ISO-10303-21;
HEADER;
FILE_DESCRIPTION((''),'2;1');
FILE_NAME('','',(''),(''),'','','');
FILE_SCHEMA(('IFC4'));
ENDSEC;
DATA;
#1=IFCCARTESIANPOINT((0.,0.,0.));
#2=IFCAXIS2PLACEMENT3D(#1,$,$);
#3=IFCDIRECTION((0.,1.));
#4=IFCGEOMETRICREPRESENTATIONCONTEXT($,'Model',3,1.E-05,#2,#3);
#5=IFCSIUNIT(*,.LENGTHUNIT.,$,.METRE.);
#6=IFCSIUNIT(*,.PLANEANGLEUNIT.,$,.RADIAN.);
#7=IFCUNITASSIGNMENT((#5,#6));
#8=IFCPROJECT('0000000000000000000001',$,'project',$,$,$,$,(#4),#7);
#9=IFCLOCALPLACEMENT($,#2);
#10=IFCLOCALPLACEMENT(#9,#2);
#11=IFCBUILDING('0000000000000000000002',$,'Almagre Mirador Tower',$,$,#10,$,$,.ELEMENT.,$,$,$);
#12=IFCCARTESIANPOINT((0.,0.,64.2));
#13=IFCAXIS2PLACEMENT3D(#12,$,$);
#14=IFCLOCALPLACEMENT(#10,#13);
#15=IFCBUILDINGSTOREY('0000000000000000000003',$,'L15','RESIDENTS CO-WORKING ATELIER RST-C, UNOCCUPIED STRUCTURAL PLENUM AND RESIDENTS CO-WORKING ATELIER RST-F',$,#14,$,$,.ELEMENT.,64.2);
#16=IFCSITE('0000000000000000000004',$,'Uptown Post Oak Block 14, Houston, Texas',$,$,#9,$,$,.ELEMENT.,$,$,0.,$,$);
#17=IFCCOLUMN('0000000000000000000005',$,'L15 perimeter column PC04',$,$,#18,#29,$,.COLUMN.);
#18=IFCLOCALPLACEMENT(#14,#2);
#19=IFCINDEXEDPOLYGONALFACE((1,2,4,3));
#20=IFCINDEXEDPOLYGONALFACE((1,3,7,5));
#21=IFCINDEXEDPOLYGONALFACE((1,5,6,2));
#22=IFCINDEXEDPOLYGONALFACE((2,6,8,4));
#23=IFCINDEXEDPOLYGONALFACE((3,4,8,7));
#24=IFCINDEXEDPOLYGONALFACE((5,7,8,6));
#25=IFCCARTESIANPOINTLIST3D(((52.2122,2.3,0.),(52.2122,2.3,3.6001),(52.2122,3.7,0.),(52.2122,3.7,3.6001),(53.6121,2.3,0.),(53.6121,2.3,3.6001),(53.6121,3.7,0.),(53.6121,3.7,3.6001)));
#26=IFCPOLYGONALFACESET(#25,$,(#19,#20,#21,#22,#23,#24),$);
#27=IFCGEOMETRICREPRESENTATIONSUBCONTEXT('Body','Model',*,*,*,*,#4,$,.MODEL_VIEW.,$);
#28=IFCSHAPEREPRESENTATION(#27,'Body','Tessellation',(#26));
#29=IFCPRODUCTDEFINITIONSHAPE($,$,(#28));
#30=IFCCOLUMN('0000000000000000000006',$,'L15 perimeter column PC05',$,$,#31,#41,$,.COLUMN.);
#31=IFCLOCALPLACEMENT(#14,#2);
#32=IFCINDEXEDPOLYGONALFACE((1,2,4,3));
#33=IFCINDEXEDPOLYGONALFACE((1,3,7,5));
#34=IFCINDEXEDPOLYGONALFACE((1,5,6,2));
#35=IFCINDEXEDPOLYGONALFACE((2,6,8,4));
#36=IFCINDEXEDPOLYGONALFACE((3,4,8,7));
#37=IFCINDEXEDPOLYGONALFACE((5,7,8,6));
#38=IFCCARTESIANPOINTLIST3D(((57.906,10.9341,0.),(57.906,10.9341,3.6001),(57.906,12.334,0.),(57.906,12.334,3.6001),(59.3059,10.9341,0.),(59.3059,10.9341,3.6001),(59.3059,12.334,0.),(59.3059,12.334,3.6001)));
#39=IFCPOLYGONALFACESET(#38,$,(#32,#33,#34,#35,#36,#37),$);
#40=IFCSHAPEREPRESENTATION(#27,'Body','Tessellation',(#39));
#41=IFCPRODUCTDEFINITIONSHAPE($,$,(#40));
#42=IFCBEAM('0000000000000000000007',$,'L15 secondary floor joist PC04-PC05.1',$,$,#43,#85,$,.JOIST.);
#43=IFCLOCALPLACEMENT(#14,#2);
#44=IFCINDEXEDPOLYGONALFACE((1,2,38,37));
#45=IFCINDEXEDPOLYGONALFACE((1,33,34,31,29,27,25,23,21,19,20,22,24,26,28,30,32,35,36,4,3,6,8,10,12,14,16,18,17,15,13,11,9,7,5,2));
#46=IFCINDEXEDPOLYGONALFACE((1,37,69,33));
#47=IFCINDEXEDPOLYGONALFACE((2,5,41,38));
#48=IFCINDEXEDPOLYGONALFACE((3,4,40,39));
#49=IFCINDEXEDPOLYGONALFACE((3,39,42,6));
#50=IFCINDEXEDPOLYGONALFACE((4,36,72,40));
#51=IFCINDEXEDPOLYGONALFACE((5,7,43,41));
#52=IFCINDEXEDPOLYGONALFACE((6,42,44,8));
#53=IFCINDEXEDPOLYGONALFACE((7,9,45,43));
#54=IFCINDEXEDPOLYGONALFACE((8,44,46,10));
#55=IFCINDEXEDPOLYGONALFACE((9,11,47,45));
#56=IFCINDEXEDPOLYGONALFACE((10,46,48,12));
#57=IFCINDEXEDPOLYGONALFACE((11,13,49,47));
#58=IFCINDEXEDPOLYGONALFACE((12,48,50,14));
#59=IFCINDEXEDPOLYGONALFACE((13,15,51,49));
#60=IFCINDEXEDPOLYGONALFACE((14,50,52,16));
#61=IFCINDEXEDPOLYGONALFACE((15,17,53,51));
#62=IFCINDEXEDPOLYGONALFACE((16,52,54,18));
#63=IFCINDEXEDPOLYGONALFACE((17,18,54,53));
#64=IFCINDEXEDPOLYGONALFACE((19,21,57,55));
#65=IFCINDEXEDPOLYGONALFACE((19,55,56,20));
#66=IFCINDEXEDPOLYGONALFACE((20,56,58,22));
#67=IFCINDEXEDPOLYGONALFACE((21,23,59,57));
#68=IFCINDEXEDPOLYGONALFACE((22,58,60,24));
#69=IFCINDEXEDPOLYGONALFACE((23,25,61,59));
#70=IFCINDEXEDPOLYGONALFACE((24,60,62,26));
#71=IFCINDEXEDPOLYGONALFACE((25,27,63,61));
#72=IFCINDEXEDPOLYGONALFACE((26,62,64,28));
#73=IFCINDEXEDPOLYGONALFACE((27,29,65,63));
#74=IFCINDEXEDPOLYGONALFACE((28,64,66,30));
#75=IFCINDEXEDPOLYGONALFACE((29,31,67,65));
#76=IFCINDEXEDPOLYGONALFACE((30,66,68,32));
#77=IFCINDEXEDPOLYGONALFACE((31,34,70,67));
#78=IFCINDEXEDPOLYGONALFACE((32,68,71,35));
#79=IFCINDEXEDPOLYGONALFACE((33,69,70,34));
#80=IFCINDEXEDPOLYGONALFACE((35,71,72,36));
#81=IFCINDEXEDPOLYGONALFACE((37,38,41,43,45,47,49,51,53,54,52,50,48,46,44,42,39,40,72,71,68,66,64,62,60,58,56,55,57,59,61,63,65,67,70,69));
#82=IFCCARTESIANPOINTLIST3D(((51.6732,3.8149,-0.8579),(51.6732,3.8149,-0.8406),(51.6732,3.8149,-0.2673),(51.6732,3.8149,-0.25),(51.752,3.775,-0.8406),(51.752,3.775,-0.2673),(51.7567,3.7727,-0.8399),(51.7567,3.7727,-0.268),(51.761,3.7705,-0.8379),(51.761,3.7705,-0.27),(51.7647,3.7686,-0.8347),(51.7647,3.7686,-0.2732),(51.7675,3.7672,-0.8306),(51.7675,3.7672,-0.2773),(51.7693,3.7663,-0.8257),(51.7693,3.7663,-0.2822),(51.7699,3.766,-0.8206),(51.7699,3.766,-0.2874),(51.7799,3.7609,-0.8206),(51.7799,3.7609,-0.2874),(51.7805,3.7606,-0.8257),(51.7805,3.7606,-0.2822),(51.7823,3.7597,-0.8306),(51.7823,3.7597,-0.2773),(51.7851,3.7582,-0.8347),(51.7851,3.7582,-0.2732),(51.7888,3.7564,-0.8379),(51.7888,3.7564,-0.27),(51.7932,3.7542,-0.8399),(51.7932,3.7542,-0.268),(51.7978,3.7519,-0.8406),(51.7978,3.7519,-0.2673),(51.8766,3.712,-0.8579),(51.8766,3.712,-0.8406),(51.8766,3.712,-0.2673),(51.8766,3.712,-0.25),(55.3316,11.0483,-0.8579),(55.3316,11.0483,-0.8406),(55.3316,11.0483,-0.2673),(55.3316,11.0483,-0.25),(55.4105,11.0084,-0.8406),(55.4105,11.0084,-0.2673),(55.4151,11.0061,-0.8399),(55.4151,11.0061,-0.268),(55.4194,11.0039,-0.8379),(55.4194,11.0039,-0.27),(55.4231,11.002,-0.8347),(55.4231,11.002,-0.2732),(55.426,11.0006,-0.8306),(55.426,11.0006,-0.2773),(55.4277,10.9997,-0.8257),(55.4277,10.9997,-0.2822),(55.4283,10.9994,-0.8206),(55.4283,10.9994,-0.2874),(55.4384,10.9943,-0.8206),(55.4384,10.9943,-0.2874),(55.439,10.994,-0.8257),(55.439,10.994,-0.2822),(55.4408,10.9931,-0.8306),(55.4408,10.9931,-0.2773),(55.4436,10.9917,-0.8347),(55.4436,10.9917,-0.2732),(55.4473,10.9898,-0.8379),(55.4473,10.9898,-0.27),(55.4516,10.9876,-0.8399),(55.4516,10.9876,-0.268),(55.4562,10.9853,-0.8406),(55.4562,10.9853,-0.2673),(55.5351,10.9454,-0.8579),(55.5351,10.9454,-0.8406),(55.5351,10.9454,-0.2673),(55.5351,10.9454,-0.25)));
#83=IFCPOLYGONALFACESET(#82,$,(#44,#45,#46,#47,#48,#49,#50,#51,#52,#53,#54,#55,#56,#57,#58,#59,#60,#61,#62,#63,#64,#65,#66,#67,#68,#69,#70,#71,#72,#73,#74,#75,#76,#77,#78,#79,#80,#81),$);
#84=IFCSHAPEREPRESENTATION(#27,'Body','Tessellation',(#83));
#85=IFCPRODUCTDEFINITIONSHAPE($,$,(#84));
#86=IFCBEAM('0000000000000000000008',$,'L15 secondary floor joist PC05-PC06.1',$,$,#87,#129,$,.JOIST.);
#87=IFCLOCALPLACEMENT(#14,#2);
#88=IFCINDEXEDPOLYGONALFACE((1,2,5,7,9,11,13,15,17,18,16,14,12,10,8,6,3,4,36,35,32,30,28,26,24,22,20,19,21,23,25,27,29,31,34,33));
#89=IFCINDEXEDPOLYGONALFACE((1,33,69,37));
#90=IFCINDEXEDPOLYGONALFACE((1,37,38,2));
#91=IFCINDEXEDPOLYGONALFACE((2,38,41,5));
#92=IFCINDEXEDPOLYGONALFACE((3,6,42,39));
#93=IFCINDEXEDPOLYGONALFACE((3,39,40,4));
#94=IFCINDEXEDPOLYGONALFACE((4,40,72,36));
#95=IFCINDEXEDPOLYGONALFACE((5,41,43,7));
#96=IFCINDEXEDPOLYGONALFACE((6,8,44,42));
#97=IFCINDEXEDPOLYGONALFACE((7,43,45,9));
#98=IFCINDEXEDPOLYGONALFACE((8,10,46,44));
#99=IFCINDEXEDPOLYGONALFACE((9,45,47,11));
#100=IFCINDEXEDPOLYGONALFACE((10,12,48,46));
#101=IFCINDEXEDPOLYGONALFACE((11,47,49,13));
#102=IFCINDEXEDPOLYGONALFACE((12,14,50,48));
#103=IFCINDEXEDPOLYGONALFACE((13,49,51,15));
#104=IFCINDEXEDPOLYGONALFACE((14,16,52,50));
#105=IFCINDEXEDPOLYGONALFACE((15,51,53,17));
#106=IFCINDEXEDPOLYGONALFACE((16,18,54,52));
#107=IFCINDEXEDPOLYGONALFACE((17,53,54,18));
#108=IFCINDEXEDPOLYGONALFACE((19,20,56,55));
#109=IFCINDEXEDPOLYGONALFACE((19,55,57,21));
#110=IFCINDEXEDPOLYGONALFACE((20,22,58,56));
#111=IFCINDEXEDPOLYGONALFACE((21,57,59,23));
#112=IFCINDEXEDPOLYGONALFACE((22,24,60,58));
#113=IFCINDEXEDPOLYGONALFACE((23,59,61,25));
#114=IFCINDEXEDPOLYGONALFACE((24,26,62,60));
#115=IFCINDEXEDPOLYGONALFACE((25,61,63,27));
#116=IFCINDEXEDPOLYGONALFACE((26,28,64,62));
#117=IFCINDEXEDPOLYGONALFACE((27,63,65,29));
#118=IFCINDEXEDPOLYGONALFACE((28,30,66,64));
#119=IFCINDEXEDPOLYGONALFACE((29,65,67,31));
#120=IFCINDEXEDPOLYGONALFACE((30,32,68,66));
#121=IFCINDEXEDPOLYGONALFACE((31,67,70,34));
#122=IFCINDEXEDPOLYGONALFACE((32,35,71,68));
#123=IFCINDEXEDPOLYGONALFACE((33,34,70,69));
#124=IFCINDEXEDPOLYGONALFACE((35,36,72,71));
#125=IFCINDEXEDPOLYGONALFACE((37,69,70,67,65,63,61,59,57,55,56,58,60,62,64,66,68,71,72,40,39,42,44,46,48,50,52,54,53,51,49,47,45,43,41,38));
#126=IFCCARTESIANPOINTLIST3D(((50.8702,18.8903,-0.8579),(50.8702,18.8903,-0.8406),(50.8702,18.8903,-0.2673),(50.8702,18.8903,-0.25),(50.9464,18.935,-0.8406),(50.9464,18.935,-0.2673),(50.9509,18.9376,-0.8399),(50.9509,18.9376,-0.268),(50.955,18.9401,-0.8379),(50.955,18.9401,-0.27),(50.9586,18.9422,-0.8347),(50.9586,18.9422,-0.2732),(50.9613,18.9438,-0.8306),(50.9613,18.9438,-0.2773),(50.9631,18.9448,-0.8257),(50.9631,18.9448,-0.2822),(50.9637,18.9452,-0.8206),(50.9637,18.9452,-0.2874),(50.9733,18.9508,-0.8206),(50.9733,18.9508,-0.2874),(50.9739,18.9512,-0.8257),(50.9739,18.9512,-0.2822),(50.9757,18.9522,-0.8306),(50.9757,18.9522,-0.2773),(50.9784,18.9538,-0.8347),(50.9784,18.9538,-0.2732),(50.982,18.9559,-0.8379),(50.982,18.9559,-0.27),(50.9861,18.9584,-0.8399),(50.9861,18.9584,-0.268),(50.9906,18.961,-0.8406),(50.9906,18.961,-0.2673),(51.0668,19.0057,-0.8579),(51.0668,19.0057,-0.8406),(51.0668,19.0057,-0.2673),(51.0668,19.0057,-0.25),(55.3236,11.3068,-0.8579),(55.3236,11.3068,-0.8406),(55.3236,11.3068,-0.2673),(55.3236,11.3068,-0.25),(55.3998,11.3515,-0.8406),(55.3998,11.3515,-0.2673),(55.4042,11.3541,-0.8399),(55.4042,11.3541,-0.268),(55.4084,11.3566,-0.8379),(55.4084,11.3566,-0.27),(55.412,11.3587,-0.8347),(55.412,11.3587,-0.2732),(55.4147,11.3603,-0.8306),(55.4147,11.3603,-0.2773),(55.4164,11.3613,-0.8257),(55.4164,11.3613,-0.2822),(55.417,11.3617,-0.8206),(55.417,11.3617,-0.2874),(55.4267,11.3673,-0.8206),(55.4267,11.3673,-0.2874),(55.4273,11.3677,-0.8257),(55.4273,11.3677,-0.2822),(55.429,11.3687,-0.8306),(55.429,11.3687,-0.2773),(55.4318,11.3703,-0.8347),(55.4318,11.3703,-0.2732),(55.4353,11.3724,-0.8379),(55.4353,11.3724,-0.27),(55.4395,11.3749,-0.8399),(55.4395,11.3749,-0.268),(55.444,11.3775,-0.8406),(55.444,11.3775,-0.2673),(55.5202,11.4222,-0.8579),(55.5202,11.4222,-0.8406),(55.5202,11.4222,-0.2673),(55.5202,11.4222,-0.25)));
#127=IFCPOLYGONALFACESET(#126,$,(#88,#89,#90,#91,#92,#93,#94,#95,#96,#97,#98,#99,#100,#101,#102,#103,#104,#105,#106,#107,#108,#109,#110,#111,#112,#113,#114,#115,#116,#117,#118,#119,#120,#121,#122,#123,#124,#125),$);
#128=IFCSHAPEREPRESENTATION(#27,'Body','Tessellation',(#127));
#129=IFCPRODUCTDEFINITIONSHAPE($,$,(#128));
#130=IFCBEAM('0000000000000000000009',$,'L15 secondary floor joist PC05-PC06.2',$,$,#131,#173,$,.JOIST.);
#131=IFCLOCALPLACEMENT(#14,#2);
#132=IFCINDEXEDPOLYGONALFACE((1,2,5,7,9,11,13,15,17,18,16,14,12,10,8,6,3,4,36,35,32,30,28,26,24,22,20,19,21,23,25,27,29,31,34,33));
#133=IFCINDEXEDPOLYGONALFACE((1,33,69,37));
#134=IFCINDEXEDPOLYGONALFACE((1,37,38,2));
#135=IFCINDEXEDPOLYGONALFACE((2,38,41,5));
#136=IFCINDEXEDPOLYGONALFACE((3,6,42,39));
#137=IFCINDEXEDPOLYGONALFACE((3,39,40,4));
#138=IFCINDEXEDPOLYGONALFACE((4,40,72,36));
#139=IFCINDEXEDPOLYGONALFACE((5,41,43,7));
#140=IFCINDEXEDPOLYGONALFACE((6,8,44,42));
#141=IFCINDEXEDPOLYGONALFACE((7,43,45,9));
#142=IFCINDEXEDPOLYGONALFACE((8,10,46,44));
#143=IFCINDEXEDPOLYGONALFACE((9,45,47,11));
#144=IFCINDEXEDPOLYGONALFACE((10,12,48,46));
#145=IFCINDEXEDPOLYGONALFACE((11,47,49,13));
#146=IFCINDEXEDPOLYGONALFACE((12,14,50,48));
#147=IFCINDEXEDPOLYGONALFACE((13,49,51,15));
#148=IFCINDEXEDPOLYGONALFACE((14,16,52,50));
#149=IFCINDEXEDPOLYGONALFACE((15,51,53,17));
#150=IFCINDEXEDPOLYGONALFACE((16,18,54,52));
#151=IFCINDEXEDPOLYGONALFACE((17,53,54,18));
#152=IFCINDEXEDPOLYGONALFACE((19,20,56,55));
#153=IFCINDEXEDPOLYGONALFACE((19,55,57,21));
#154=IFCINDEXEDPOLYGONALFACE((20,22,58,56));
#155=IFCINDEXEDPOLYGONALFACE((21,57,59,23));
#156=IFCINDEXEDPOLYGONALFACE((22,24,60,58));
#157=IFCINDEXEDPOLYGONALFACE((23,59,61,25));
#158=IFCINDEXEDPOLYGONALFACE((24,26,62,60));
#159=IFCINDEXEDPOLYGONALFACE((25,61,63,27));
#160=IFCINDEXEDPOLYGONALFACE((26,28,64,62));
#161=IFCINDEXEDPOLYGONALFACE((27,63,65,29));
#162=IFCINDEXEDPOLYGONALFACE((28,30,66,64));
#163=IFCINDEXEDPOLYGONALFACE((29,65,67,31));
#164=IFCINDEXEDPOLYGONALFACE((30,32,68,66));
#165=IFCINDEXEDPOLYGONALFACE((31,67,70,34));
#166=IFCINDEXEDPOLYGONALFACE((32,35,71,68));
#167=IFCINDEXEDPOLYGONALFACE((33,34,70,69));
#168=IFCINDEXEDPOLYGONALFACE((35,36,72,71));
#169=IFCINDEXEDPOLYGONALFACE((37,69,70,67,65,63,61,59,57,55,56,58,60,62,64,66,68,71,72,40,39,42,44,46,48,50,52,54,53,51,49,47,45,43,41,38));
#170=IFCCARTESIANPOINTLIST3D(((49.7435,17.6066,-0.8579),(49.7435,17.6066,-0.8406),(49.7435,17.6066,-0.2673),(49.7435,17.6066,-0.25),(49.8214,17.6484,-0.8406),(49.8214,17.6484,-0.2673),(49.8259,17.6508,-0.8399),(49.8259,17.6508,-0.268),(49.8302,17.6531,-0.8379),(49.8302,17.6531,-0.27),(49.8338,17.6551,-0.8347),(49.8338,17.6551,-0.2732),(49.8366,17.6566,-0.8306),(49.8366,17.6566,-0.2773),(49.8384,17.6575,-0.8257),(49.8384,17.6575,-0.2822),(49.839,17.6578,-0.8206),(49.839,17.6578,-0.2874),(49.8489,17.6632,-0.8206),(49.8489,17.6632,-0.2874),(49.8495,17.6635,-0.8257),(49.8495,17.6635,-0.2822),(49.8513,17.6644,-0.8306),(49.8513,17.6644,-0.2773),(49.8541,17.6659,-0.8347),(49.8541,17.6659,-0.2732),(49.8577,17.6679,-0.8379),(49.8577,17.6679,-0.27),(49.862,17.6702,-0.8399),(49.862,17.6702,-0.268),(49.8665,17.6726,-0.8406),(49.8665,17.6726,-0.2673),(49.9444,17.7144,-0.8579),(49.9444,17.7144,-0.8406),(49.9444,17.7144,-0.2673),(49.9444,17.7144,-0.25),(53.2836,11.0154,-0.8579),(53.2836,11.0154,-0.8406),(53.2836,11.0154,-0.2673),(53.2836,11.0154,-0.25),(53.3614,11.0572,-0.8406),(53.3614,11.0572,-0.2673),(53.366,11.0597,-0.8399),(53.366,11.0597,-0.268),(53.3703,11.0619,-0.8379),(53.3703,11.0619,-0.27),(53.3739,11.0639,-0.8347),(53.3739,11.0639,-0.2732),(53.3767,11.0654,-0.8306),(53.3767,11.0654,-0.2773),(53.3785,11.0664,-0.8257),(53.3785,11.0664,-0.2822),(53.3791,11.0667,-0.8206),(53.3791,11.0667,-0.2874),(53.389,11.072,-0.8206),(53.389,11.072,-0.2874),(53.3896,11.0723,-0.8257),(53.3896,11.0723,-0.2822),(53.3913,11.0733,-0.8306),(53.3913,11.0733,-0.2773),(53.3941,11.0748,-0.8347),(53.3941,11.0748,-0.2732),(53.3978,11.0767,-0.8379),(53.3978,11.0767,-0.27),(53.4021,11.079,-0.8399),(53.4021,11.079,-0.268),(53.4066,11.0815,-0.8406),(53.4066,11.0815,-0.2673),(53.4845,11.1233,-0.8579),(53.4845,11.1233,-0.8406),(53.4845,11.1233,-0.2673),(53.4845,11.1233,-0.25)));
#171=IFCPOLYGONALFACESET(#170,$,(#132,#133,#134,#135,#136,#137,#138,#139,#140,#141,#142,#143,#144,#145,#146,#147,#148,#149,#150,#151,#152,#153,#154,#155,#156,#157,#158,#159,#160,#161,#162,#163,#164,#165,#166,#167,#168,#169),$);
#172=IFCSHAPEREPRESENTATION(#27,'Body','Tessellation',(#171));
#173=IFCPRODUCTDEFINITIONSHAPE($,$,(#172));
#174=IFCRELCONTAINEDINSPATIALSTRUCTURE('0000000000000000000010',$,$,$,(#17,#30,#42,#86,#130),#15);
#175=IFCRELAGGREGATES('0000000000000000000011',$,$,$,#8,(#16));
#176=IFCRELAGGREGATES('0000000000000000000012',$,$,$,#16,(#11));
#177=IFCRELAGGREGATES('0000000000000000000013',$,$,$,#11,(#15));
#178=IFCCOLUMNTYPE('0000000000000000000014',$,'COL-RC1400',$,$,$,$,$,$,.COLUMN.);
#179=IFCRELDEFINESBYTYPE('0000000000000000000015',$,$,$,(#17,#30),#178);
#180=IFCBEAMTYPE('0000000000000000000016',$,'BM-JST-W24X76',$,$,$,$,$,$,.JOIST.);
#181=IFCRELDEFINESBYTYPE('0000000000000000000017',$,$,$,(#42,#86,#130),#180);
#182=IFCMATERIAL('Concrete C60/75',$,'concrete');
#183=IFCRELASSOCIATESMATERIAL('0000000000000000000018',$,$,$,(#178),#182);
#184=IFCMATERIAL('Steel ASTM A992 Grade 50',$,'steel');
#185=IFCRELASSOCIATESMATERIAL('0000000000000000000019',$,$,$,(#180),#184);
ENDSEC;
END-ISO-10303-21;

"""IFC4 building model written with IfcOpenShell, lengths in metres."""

from ifc_helpers import new_model, si_unit, direction, frame, origin, origin_2d, place, context, subcontext, project, spatial, rectangle, i_section, extrude, material, material_profile, profile_set, type_object, element, save


model = new_model("IFC4")

# Units and contexts
model_context = context("Model", 3, precision=1e-05, world=origin(), true_north=direction((0.0, 1.0)))
body_context = subcontext(model_context, "Body", "Model", "MODEL_VIEW")
ifc_project = project(units=[si_unit("LENGTHUNIT", "METRE"), si_unit("PLANEANGLEUNIT", "RADIAN")], contexts=[model_context])

# Site, building, storey
site_placement = place(None, origin())
site = spatial("IfcSite", under=ifc_project, at=site_placement, Name="Uptown Post Oak Block 14, Houston, Texas", CompositionType="ELEMENT", RefElevation=0.0)
building_placement = place(site_placement, origin())
building = spatial("IfcBuilding", under=site, at=building_placement, Name="Almagre Mirador Tower", CompositionType="ELEMENT")
storey_placement = place(building_placement, frame((0.0, 0.0, 64.2)))
storey = spatial("IfcBuildingStorey", under=building, at=storey_placement, Name="L15", Description="RESIDENTS CO-WORKING ATELIER RST-C, UNOCCUPIED STRUCTURAL PLENUM AND RESIDENTS CO-WORKING ATELIER RST-F", CompositionType="ELEMENT", Elevation=64.2)

# Columns
ifc_material_1 = material(Name="Concrete C60/75", Category="concrete")
ifc_material_profile_1 = material_profile(ifc_material_1, rectangle(XDim=1.3999, YDim=1.3999, at=origin_2d()), Name="RC1400X1400")
ifc_profile_set_1 = profile_set([ifc_material_profile_1], Name="Concrete C60/75")
column_type = type_object("IfcColumnType", Name="COL-RC1400", PredefinedType="COLUMN", material=ifc_profile_set_1)
for number, where, z_axis, x_axis, name in (
    (1, (52.9121, 3.0, 0.0), (0.0, 0.0, 1.0), (1.0, 0.0, 0.0), "L15 perimeter column PC04"),
    (2, (58.606, 11.634, 0.0), (0.0, 0.0, 1.0), (1.0, 0.0, 0.0), "L15 perimeter column PC05"),
):
    element("IfcColumn", number, at=place(storey_placement, frame(where, z_axis=z_axis, x_axis=x_axis)), inside=storey, type_object=column_type, Name=name, PredefinedType="COLUMN", context=body_context, shape_type="SweptSolid", body=[
        extrude(rectangle(XDim=1.3999, YDim=1.3999, at=origin_2d()), origin(), (0.0, 0.0, 1.0), 3.6001),
    ])

# Beams
ifc_material_2 = material(Name="Steel ASTM A992 Grade 50", Category="steel")
ifc_material_profile_2 = material_profile(ifc_material_2, i_section(OverallWidth=0.228, OverallDepth=0.6079, WebThickness=0.0112, FlangeThickness=0.0173, FilletRadius=0.02, at=origin_2d()), Name="W24X76")
ifc_profile_set_2 = profile_set([ifc_material_profile_2], Name="Steel ASTM A992 Grade 50")
beam_type_1 = type_object("IfcBeamType", Name="BM-JST-W24X76", PredefinedType="JOIST", material=ifc_profile_set_2)
beam_1_placement = place(storey_placement, frame((51.7749, 3.7634, -0.554), z_axis=(0.451329, 0.892358, 0.0), x_axis=(-0.892358, 0.451329, 0.0)))
element("IfcBeam", 3, at=beam_1_placement, inside=storey, type_object=beam_type_1, Name="L15 secondary floor joist PC04-PC05.1", PredefinedType="JOIST", context=body_context, shape_type="SweptSolid", body=[
    extrude(i_section(OverallWidth=0.228, OverallDepth=0.6079, WebThickness=0.0112, FlangeThickness=0.0173, FilletRadius=0.02, at=origin_2d()), origin(), (0.0, 0.0, 1.0), 8.106),
])
beam_2_placement = place(storey_placement, frame((55.4219, 11.3645, -0.554), z_axis=(-0.506385, 0.862307, 0.0), x_axis=(-0.862307, -0.506385, 0.0)))
element("IfcBeam", 4, at=beam_2_placement, inside=storey, type_object=beam_type_1, Name="L15 secondary floor joist PC05-PC06.1", PredefinedType="JOIST", context=body_context, shape_type="SweptSolid", body=[
    extrude(i_section(OverallWidth=0.228, OverallDepth=0.6079, WebThickness=0.0112, FlangeThickness=0.0173, FilletRadius=0.02, at=origin_2d()), origin(), (0.0, 0.0, 1.0), 8.7944),
])
beam_3_placement = place(storey_placement, frame((53.384, 11.0693, -0.554), z_axis=(-0.473167, 0.880973, 0.0), x_axis=(-0.880973, -0.473167, 0.0)))
element("IfcBeam", 5, at=beam_3_placement, inside=storey, type_object=beam_type_1, Name="L15 secondary floor joist PC05-PC06.2", PredefinedType="JOIST", context=body_context, shape_type="SweptSolid", body=[
    extrude(i_section(OverallWidth=0.228, OverallDepth=0.6079, WebThickness=0.0112, FlangeThickness=0.0173, FilletRadius=0.02, at=origin_2d()), origin(), (0.0, 0.0, 1.0), 7.4817),
])

save(model, "model.ifc")
